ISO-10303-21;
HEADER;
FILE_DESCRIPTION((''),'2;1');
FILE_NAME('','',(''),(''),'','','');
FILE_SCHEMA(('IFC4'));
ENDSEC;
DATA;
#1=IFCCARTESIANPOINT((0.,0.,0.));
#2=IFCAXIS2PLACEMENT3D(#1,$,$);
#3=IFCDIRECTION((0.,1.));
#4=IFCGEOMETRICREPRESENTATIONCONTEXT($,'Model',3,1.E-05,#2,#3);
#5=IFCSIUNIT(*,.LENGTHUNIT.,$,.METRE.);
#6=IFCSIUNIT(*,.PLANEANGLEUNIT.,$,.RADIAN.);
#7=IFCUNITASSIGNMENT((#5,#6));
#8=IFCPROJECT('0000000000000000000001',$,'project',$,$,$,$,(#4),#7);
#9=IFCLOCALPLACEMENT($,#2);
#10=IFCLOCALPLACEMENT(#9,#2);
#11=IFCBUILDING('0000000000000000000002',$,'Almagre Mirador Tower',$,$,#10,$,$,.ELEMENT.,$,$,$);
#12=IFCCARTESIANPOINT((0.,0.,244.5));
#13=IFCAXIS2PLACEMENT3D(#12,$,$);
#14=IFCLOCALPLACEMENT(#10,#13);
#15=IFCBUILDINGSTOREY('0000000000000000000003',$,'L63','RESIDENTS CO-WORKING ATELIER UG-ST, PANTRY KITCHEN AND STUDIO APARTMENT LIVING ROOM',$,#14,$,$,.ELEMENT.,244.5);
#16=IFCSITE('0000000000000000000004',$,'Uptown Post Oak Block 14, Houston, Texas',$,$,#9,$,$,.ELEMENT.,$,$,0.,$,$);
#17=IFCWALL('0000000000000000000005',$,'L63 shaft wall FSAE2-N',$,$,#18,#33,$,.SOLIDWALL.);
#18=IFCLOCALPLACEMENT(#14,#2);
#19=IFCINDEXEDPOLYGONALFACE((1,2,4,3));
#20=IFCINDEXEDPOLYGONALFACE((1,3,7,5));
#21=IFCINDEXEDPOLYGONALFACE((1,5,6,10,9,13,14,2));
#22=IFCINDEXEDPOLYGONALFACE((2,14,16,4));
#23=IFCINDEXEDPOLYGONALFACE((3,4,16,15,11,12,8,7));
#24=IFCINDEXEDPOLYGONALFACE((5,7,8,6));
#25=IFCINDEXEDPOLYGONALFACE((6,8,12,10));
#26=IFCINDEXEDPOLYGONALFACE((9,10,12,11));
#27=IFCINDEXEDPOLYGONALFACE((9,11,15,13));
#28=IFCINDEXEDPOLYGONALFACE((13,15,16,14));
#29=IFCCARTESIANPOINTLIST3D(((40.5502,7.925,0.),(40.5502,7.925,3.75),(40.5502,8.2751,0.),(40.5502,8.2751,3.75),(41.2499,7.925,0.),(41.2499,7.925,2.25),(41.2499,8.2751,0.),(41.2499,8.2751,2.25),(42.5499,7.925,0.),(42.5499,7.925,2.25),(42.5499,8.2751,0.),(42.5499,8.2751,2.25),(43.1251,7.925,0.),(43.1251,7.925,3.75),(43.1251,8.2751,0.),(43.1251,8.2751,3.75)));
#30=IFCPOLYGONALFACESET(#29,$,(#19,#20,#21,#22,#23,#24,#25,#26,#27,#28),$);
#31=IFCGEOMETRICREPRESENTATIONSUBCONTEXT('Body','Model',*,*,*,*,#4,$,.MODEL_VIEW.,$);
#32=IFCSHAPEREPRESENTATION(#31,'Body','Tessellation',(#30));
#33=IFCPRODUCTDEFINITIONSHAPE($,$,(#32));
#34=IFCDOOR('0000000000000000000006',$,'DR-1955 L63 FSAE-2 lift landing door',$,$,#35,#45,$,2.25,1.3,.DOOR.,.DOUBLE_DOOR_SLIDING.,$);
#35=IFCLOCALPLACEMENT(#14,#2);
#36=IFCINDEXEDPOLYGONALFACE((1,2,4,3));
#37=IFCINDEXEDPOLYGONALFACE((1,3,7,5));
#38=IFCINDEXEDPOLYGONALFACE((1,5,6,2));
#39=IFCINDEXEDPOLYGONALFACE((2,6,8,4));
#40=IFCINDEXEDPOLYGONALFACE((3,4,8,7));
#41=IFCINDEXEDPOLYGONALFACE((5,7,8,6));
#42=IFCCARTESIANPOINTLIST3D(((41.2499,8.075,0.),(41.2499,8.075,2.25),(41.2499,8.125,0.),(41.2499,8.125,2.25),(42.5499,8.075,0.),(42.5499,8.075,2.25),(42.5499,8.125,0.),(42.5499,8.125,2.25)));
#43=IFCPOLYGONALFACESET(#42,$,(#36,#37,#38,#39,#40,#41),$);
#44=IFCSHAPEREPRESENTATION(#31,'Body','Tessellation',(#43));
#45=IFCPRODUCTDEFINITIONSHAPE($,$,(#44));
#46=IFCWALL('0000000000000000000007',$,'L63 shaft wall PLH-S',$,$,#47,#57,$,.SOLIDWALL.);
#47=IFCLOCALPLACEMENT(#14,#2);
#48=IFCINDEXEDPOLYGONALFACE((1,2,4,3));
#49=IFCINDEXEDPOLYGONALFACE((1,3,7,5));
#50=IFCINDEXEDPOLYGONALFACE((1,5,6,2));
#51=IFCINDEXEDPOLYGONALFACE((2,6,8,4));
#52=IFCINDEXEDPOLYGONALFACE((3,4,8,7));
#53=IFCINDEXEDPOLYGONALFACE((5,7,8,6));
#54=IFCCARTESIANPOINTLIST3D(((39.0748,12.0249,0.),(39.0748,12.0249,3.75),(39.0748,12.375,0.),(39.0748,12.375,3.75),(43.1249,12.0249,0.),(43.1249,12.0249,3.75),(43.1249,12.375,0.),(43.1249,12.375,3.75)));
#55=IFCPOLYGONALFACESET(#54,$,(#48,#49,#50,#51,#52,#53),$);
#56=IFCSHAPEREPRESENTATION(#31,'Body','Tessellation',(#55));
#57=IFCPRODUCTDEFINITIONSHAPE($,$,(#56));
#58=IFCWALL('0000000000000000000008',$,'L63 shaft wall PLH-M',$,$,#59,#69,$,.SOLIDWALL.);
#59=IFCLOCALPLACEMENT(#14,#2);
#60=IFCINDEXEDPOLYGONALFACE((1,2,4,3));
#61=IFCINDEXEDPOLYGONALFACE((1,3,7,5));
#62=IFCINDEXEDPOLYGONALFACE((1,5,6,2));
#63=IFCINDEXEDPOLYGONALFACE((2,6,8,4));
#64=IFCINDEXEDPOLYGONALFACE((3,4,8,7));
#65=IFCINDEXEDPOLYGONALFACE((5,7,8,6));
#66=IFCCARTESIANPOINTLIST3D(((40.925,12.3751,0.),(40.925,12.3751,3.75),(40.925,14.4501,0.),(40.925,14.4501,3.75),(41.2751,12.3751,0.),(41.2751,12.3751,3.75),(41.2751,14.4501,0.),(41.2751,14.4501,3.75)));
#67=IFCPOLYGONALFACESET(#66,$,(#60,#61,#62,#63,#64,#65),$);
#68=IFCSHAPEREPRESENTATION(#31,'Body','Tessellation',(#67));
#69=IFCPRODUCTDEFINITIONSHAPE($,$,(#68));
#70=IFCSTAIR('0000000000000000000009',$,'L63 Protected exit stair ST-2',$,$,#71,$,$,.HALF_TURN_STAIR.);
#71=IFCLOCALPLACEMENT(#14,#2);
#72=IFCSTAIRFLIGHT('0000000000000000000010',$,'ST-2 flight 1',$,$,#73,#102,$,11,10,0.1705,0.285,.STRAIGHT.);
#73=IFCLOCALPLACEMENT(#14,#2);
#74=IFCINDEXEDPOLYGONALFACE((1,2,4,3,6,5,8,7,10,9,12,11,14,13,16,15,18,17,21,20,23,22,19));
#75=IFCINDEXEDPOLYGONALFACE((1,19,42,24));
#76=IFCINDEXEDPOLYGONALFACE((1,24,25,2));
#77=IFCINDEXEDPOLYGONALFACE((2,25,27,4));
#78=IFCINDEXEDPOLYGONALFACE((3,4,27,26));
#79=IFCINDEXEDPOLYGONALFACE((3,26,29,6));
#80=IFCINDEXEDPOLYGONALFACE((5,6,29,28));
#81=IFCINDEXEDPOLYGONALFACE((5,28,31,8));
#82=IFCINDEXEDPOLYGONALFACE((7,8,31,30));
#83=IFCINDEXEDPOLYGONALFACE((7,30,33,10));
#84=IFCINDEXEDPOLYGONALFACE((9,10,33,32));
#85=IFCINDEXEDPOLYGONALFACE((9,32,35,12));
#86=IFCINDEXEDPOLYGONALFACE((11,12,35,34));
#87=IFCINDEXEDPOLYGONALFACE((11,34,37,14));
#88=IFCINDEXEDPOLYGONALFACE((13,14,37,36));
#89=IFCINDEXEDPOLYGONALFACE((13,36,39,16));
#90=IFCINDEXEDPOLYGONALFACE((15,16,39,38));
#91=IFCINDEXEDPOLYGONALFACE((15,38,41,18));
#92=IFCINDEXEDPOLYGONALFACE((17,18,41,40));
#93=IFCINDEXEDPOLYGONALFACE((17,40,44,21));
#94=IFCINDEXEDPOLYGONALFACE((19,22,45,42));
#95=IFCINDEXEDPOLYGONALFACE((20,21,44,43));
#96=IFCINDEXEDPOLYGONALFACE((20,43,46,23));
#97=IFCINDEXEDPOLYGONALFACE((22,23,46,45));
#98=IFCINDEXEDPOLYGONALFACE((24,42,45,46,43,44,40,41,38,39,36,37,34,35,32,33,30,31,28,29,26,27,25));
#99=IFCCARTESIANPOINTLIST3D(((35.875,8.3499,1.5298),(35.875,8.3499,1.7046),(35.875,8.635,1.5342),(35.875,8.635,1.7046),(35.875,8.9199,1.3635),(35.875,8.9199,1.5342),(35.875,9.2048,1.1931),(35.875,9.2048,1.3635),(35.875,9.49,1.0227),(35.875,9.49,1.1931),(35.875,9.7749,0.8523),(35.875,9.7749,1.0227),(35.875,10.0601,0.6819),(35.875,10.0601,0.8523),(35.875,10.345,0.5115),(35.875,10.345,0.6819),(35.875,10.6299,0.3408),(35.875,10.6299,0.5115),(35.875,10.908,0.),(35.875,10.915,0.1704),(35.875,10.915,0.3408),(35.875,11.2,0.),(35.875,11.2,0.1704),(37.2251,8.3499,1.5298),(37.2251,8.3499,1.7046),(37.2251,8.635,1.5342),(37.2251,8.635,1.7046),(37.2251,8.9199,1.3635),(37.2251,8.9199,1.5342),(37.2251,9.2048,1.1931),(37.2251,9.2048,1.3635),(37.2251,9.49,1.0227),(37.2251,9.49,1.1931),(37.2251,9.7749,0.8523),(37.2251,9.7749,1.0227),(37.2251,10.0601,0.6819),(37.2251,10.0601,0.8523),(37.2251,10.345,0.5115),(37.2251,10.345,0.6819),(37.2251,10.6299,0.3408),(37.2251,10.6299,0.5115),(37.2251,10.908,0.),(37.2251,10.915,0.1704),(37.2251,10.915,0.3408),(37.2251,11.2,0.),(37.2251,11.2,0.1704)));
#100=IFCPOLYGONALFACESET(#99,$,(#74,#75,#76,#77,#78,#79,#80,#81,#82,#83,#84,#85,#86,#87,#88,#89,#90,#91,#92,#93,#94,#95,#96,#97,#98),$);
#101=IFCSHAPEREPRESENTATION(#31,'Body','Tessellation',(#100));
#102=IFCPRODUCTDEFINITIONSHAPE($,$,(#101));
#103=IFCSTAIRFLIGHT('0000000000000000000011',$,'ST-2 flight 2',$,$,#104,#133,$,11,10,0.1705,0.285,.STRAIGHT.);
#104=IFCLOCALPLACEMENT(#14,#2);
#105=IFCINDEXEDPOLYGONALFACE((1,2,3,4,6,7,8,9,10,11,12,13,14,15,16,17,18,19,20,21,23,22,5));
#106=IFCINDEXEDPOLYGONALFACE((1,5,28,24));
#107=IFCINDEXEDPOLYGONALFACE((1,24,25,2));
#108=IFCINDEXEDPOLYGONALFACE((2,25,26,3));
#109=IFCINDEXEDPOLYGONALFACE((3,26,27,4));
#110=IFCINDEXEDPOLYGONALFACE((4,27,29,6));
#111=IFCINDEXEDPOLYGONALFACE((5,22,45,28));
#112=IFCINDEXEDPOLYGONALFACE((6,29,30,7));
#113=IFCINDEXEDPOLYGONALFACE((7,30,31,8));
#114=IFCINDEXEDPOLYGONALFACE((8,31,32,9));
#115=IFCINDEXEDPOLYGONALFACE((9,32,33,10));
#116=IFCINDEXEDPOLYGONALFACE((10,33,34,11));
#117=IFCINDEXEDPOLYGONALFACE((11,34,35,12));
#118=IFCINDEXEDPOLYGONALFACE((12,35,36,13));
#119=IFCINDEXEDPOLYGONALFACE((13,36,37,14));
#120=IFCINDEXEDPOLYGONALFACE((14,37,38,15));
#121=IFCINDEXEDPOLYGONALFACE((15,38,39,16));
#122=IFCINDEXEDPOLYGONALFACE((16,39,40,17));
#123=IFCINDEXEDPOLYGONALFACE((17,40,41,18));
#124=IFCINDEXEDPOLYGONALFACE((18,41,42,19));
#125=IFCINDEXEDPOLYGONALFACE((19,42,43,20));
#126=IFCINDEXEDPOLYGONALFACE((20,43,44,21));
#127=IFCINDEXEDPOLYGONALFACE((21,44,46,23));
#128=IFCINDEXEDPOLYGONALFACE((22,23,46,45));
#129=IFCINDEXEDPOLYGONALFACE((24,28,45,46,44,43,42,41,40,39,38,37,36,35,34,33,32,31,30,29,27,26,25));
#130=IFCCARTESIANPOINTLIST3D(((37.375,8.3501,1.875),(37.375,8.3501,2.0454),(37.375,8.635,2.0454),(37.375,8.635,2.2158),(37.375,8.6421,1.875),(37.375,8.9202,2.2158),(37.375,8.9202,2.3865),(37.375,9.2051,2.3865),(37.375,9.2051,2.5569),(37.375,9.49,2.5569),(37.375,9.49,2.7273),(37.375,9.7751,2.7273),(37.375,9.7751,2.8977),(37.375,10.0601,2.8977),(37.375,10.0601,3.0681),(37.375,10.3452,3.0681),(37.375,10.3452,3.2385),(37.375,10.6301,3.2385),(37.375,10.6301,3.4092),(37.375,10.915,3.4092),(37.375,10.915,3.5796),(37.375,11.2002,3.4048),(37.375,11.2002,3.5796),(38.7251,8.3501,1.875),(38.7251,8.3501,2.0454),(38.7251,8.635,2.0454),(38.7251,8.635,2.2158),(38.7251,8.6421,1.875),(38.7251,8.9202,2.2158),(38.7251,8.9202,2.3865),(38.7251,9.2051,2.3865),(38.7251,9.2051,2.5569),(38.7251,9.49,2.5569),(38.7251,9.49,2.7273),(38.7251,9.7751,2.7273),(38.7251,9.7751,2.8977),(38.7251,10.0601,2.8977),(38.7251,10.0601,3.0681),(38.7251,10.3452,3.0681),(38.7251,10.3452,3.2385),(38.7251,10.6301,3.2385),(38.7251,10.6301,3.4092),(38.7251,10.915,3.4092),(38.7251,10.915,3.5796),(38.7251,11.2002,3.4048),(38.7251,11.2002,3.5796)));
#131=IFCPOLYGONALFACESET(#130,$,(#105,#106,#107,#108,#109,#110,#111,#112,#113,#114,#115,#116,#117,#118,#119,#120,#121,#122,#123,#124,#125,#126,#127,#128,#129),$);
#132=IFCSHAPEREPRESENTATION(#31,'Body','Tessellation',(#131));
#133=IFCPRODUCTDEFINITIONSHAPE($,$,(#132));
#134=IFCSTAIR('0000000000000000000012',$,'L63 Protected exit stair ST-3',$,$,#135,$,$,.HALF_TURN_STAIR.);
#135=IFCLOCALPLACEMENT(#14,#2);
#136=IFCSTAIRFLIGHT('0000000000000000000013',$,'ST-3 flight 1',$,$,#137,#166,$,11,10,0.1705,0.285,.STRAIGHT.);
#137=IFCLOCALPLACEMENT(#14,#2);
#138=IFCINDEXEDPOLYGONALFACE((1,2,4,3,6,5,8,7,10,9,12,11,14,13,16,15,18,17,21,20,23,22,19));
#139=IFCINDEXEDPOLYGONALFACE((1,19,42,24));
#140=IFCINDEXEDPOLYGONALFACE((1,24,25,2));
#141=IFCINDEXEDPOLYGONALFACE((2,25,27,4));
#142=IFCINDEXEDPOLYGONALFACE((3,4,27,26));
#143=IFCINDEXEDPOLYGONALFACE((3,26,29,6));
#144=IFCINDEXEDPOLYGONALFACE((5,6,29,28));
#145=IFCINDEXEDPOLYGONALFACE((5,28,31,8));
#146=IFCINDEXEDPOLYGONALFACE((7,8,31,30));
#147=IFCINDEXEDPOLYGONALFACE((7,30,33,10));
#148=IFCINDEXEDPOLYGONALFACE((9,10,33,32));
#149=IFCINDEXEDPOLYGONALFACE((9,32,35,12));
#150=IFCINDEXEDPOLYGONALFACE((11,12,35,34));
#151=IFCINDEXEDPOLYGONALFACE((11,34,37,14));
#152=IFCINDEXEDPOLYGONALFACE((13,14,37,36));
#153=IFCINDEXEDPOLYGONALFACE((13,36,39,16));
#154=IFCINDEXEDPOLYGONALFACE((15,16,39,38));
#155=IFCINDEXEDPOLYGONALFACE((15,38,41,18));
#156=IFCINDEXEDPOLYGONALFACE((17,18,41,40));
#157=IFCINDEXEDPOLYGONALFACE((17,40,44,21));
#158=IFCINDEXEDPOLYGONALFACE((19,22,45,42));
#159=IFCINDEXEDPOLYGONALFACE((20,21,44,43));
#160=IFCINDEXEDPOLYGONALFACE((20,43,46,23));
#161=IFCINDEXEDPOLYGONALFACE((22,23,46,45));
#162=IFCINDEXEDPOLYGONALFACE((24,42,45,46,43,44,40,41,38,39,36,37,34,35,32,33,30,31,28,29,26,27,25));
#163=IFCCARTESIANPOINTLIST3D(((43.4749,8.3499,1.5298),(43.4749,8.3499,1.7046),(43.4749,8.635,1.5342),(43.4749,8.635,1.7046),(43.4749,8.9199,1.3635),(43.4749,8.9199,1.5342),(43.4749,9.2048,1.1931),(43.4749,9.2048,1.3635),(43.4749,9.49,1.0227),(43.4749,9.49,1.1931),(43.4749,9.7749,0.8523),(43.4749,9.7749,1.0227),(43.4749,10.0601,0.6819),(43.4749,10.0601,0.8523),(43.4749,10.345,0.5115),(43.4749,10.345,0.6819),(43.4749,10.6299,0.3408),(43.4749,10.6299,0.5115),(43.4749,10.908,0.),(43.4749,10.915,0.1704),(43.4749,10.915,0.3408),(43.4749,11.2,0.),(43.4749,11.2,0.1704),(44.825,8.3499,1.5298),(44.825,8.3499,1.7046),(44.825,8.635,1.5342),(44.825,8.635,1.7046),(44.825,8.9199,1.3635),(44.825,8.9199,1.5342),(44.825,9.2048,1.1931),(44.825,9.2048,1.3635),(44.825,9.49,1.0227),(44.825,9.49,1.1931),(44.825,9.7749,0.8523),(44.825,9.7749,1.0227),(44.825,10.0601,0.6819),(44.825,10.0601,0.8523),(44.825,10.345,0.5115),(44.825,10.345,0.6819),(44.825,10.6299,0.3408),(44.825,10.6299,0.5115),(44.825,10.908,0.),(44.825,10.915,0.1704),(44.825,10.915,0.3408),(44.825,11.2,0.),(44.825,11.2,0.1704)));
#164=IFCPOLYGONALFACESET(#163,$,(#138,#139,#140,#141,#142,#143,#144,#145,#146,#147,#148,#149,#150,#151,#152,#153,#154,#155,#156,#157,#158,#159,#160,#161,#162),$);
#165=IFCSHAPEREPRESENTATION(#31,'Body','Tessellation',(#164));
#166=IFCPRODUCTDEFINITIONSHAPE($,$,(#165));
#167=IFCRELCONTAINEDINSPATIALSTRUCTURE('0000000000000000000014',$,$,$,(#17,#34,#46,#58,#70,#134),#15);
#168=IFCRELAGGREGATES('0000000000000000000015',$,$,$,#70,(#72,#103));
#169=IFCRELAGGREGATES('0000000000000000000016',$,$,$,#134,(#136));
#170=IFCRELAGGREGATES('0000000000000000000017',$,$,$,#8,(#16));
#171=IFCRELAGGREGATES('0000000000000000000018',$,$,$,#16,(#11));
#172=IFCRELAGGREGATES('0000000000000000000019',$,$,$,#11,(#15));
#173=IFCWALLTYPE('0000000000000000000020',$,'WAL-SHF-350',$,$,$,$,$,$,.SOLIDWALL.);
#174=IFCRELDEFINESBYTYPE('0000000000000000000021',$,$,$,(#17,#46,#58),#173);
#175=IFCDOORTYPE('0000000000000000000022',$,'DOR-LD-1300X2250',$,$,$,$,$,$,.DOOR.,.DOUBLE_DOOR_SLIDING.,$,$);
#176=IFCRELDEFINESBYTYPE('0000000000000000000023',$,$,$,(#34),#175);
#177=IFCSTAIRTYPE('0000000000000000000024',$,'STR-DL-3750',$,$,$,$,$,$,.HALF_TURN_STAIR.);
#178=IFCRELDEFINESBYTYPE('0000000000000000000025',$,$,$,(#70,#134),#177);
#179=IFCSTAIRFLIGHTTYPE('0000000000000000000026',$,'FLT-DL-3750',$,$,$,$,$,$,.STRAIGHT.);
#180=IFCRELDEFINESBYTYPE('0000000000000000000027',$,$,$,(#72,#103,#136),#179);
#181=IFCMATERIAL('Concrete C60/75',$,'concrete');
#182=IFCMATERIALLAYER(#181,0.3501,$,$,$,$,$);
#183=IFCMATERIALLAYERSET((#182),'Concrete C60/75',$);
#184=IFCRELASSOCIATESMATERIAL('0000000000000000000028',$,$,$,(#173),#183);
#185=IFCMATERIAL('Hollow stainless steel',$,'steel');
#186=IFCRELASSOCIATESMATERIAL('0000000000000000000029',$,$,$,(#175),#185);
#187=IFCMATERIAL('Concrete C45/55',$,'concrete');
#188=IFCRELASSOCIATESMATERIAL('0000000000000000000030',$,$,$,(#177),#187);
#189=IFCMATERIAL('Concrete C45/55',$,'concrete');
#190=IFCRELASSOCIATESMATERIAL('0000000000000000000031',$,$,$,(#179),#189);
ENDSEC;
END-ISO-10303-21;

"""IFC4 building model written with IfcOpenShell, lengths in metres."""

from ifc_helpers import new_model, si_unit, direction, frame, frame_2d, origin, place, context, subcontext, project, spatial, polyline, rectangle, outline, extrude, material, layer, layer_set, type_object, element, fill, aggregate, save


model = new_model("IFC4")

# Units and contexts
model_context = context("Model", 3, precision=1e-05, world=origin(), true_north=direction((0.0, 1.0)))
body_context = subcontext(model_context, "Body", "Model", "MODEL_VIEW")
ifc_project = project(units=[si_unit("LENGTHUNIT", "METRE"), si_unit("PLANEANGLEUNIT", "RADIAN")], contexts=[model_context])

# Site, building, storey
site_placement = place(None, origin())
site = spatial("IfcSite", under=ifc_project, at=site_placement, Name="Uptown Post Oak Block 14, Houston, Texas", CompositionType="ELEMENT", RefElevation=0.0)
building_placement = place(site_placement, origin())
building = spatial("IfcBuilding", under=site, at=building_placement, Name="Almagre Mirador Tower", CompositionType="ELEMENT")
storey_placement = place(building_placement, frame((0.0, 0.0, 244.5)))
storey = spatial("IfcBuildingStorey", under=building, at=storey_placement, Name="L63", Description="RESIDENTS CO-WORKING ATELIER UG-ST, PANTRY KITCHEN AND STUDIO APARTMENT LIVING ROOM", CompositionType="ELEMENT", Elevation=244.5)

# Wall, opening, door
ifc_material_1 = material(Name="Concrete C60/75", Category="concrete")
ifc_layer = layer(ifc_material_1, 0.3501)
ifc_layer_set = layer_set([ifc_layer], Name="Concrete C60/75")
wall_type = type_object("IfcWallType", Name="WAL-SHF-350", PredefinedType="SOLIDWALL", material=ifc_layer_set)
wall_1_placement = place(storey_placement, frame((40.55, 8.1001, 0.0), z_axis=(0.0, 0.0, 1.0), x_axis=(1.0, 0.0, 0.0)))
wall_1 = element("IfcWall", 1, at=wall_1_placement, inside=storey, type_object=wall_type, Name="L63 shaft wall FSAE2-N", PredefinedType="SOLIDWALL", context=body_context, shape_type="SweptSolid", body=[
    extrude(rectangle(XDim=2.575, YDim=0.3501, at=frame_2d((1.2876, 0.0))), origin(), (0.0, 0.0, 1.0), 3.75),
])
opening_placement = place(wall_1_placement, frame((0.7, 0.0, 0.0)))
opening = element("IfcOpeningElement", 2, at=opening_placement, cuts=wall_1, PredefinedType="OPENING", context=body_context, shape_type="SweptSolid", body=[
    extrude(rectangle(XDim=1.3, YDim=2.25, at=frame_2d((0.6499, 1.125))), frame((0.0, 0.185, 0.0), z_axis=(0.0, -1.0, 0.0), x_axis=(1.0, 0.0, 0.0)), (0.0, 0.0, 1.0), 0.3701),
])
ifc_material_2 = material(Name="Hollow stainless steel", Category="steel")
door_type = type_object("IfcDoorType", Name="DOR-LD-1300X2250", OperationType="DOUBLE_DOOR_SLIDING", PredefinedType="DOOR", material=ifc_material_2)
door_placement = place(opening_placement, origin())
door = element("IfcDoor", 3, at=door_placement, inside=storey, type_object=door_type, Name="DR-1955 L63 FSAE-2 lift landing door", OperationType="DOUBLE_DOOR_SLIDING", OverallHeight=2.25, OverallWidth=1.3, PredefinedType="DOOR", context=body_context, shape_type="SweptSolid", body=[
    extrude(rectangle(XDim=1.3, YDim=2.25, at=frame_2d((0.6499, 1.125))), frame((0.0, 0.0249, 0.0), z_axis=(0.0, -1.0, 0.0), x_axis=(1.0, 0.0, 0.0)), (0.0, 0.0, 1.0), 0.05),
])
fill(opening, door)

# Walls
wall_2_placement = place(storey_placement, frame((39.075, 12.2, 0.0), z_axis=(0.0, 0.0, 1.0), x_axis=(1.0, 0.0, 0.0)))
element("IfcWall", 4, at=wall_2_placement, inside=storey, type_object=wall_type, Name="L63 shaft wall PLH-S", PredefinedType="SOLIDWALL", context=body_context, shape_type="SweptSolid", body=[
    extrude(rectangle(XDim=4.05, YDim=0.3501, at=frame_2d((2.0249, 0.0))), origin(), (0.0, 0.0, 1.0), 3.75),
])
wall_3_placement = place(storey_placement, frame((41.1001, 12.375, 0.0), z_axis=(0.0, 0.0, 1.0), x_axis=(0.0, 1.0, 0.0)))
element("IfcWall", 5, at=wall_3_placement, inside=storey, type_object=wall_type, Name="L63 shaft wall PLH-M", PredefinedType="SOLIDWALL", context=body_context, shape_type="SweptSolid", body=[
    extrude(rectangle(XDim=2.075, YDim=0.3501, at=frame_2d((1.0376, 0.0))), origin(), (0.0, 0.0, 1.0), 3.75),
])

# Stair, stair flights
ifc_material_3 = material(Name="Concrete C45/55", Category="concrete")
stair_type = type_object("IfcStairType", Name="STR-DL-3750", PredefinedType="HALF_TURN_STAIR", material=ifc_material_3)
stair_1_placement = place(storey_placement, origin())
stair_1 = element("IfcStair", 6, at=stair_1_placement, inside=storey, type_object=stair_type, Name="L63 Protected exit stair ST-2", PredefinedType="HALF_TURN_STAIR")
ifc_material_4 = material(Name="Concrete C45/55", Category="concrete")
stair_flight_type = type_object("IfcStairFlightType", Name="FLT-DL-3750", PredefinedType="STRAIGHT", material=ifc_material_4)
stair_flight_1_placement = place(storey_placement, frame((36.55, 11.2, 0.0), z_axis=(0.0, 0.0, 1.0), x_axis=(0.0, -1.0, 0.0)))
stair_flight_1 = element("IfcStairFlight", 7, at=stair_flight_1_placement, type_object=stair_flight_type, Name="ST-2 flight 1", NumberOfRisers=11, NumberOfTreads=10, PredefinedType="STRAIGHT", RiserHeight=0.1705, TreadLength=0.285, context=body_context, shape_type="SweptSolid", body=[
    extrude(outline(polyline([(0.0, 0.0), (0.0, 0.1704), (0.2849, 0.1704), (0.2849, 0.3408), (0.5701, 0.3408), (0.5701, 0.5115), (0.855, 0.5115), (0.855, 0.6819), (1.1399, 0.6819), (1.1399, 0.8523), (1.425, 0.8523), (1.425, 1.0227), (1.71, 1.0227), (1.71, 1.1931), (1.9951, 1.1931), (1.9951, 1.3635), (2.28, 1.3635), (2.28, 1.5342), (2.5649, 1.5342), (2.5649, 1.7046), (2.8501, 1.7046), (2.8501, 1.875), (2.8501, 1.5298), (0.292, 0.0), (0.0, 0.0)])), frame((0.0, 0.675, 0.0), z_axis=(0.0, -1.0, 0.0), x_axis=(1.0, 0.0, 0.0)), (0.0, 0.0, 1.0), 1.3501),
])
stair_flight_2_placement = place(storey_placement, frame((38.05, 8.3501, 1.875), z_axis=(0.0, 0.0, 1.0), x_axis=(0.0, 1.0, 0.0)))
stair_flight_2 = element("IfcStairFlight", 8, at=stair_flight_2_placement, type_object=stair_flight_type, Name="ST-2 flight 2", NumberOfRisers=11, NumberOfTreads=10, PredefinedType="STRAIGHT", RiserHeight=0.1705, TreadLength=0.285, context=body_context, shape_type="SweptSolid", body=[
    extrude(outline(polyline([(0.0, 0.0), (0.0, 0.1704), (0.2849, 0.1704), (0.2849, 0.3408), (0.5701, 0.3408), (0.5701, 0.5115), (0.855, 0.5115), (0.855, 0.6819), (1.1399, 0.6819), (1.1399, 0.8523), (1.425, 0.8523), (1.425, 1.0227), (1.71, 1.0227), (1.71, 1.1931), (1.9951, 1.1931), (1.9951, 1.3635), (2.28, 1.3635), (2.28, 1.5342), (2.5649, 1.5342), (2.5649, 1.7046), (2.8501, 1.7046), (2.8501, 1.875), (2.8501, 1.5298), (0.292, 0.0), (0.0, 0.0)])), frame((0.0, 0.675, 0.0), z_axis=(0.0, -1.0, 0.0), x_axis=(1.0, 0.0, 0.0)), (0.0, 0.0, 1.0), 1.3501),
])
aggregate(stair_1, [stair_flight_1, stair_flight_2])

# Stair, stair flight
stair_2_placement = place(storey_placement, origin())
stair_2 = element("IfcStair", 9, at=stair_2_placement, inside=storey, type_object=stair_type, Name="L63 Protected exit stair ST-3", PredefinedType="HALF_TURN_STAIR")
stair_flight_3_placement = place(storey_placement, frame((44.1499, 11.2, 0.0), z_axis=(0.0, 0.0, 1.0), x_axis=(0.0, -1.0, 0.0)))
stair_flight_3 = element("IfcStairFlight", 10, at=stair_flight_3_placement, type_object=stair_flight_type, Name="ST-3 flight 1", NumberOfRisers=11, NumberOfTreads=10, PredefinedType="STRAIGHT", RiserHeight=0.1705, TreadLength=0.285, context=body_context, shape_type="SweptSolid", body=[
    extrude(outline(polyline([(0.0, 0.0), (0.0, 0.1704), (0.2849, 0.1704), (0.2849, 0.3408), (0.5701, 0.3408), (0.5701, 0.5115), (0.855, 0.5115), (0.855, 0.6819), (1.1399, 0.6819), (1.1399, 0.8523), (1.425, 0.8523), (1.425, 1.0227), (1.71, 1.0227), (1.71, 1.1931), (1.9951, 1.1931), (1.9951, 1.3635), (2.28, 1.3635), (2.28, 1.5342), (2.5649, 1.5342), (2.5649, 1.7046), (2.8501, 1.7046), (2.8501, 1.875), (2.8501, 1.5298), (0.292, 0.0), (0.0, 0.0)])), frame((0.0, 0.675, 0.0), z_axis=(0.0, -1.0, 0.0), x_axis=(1.0, 0.0, 0.0)), (0.0, 0.0, 1.0), 1.3501),
])
aggregate(stair_2, [stair_flight_3])

save(model, "model.ifc")
